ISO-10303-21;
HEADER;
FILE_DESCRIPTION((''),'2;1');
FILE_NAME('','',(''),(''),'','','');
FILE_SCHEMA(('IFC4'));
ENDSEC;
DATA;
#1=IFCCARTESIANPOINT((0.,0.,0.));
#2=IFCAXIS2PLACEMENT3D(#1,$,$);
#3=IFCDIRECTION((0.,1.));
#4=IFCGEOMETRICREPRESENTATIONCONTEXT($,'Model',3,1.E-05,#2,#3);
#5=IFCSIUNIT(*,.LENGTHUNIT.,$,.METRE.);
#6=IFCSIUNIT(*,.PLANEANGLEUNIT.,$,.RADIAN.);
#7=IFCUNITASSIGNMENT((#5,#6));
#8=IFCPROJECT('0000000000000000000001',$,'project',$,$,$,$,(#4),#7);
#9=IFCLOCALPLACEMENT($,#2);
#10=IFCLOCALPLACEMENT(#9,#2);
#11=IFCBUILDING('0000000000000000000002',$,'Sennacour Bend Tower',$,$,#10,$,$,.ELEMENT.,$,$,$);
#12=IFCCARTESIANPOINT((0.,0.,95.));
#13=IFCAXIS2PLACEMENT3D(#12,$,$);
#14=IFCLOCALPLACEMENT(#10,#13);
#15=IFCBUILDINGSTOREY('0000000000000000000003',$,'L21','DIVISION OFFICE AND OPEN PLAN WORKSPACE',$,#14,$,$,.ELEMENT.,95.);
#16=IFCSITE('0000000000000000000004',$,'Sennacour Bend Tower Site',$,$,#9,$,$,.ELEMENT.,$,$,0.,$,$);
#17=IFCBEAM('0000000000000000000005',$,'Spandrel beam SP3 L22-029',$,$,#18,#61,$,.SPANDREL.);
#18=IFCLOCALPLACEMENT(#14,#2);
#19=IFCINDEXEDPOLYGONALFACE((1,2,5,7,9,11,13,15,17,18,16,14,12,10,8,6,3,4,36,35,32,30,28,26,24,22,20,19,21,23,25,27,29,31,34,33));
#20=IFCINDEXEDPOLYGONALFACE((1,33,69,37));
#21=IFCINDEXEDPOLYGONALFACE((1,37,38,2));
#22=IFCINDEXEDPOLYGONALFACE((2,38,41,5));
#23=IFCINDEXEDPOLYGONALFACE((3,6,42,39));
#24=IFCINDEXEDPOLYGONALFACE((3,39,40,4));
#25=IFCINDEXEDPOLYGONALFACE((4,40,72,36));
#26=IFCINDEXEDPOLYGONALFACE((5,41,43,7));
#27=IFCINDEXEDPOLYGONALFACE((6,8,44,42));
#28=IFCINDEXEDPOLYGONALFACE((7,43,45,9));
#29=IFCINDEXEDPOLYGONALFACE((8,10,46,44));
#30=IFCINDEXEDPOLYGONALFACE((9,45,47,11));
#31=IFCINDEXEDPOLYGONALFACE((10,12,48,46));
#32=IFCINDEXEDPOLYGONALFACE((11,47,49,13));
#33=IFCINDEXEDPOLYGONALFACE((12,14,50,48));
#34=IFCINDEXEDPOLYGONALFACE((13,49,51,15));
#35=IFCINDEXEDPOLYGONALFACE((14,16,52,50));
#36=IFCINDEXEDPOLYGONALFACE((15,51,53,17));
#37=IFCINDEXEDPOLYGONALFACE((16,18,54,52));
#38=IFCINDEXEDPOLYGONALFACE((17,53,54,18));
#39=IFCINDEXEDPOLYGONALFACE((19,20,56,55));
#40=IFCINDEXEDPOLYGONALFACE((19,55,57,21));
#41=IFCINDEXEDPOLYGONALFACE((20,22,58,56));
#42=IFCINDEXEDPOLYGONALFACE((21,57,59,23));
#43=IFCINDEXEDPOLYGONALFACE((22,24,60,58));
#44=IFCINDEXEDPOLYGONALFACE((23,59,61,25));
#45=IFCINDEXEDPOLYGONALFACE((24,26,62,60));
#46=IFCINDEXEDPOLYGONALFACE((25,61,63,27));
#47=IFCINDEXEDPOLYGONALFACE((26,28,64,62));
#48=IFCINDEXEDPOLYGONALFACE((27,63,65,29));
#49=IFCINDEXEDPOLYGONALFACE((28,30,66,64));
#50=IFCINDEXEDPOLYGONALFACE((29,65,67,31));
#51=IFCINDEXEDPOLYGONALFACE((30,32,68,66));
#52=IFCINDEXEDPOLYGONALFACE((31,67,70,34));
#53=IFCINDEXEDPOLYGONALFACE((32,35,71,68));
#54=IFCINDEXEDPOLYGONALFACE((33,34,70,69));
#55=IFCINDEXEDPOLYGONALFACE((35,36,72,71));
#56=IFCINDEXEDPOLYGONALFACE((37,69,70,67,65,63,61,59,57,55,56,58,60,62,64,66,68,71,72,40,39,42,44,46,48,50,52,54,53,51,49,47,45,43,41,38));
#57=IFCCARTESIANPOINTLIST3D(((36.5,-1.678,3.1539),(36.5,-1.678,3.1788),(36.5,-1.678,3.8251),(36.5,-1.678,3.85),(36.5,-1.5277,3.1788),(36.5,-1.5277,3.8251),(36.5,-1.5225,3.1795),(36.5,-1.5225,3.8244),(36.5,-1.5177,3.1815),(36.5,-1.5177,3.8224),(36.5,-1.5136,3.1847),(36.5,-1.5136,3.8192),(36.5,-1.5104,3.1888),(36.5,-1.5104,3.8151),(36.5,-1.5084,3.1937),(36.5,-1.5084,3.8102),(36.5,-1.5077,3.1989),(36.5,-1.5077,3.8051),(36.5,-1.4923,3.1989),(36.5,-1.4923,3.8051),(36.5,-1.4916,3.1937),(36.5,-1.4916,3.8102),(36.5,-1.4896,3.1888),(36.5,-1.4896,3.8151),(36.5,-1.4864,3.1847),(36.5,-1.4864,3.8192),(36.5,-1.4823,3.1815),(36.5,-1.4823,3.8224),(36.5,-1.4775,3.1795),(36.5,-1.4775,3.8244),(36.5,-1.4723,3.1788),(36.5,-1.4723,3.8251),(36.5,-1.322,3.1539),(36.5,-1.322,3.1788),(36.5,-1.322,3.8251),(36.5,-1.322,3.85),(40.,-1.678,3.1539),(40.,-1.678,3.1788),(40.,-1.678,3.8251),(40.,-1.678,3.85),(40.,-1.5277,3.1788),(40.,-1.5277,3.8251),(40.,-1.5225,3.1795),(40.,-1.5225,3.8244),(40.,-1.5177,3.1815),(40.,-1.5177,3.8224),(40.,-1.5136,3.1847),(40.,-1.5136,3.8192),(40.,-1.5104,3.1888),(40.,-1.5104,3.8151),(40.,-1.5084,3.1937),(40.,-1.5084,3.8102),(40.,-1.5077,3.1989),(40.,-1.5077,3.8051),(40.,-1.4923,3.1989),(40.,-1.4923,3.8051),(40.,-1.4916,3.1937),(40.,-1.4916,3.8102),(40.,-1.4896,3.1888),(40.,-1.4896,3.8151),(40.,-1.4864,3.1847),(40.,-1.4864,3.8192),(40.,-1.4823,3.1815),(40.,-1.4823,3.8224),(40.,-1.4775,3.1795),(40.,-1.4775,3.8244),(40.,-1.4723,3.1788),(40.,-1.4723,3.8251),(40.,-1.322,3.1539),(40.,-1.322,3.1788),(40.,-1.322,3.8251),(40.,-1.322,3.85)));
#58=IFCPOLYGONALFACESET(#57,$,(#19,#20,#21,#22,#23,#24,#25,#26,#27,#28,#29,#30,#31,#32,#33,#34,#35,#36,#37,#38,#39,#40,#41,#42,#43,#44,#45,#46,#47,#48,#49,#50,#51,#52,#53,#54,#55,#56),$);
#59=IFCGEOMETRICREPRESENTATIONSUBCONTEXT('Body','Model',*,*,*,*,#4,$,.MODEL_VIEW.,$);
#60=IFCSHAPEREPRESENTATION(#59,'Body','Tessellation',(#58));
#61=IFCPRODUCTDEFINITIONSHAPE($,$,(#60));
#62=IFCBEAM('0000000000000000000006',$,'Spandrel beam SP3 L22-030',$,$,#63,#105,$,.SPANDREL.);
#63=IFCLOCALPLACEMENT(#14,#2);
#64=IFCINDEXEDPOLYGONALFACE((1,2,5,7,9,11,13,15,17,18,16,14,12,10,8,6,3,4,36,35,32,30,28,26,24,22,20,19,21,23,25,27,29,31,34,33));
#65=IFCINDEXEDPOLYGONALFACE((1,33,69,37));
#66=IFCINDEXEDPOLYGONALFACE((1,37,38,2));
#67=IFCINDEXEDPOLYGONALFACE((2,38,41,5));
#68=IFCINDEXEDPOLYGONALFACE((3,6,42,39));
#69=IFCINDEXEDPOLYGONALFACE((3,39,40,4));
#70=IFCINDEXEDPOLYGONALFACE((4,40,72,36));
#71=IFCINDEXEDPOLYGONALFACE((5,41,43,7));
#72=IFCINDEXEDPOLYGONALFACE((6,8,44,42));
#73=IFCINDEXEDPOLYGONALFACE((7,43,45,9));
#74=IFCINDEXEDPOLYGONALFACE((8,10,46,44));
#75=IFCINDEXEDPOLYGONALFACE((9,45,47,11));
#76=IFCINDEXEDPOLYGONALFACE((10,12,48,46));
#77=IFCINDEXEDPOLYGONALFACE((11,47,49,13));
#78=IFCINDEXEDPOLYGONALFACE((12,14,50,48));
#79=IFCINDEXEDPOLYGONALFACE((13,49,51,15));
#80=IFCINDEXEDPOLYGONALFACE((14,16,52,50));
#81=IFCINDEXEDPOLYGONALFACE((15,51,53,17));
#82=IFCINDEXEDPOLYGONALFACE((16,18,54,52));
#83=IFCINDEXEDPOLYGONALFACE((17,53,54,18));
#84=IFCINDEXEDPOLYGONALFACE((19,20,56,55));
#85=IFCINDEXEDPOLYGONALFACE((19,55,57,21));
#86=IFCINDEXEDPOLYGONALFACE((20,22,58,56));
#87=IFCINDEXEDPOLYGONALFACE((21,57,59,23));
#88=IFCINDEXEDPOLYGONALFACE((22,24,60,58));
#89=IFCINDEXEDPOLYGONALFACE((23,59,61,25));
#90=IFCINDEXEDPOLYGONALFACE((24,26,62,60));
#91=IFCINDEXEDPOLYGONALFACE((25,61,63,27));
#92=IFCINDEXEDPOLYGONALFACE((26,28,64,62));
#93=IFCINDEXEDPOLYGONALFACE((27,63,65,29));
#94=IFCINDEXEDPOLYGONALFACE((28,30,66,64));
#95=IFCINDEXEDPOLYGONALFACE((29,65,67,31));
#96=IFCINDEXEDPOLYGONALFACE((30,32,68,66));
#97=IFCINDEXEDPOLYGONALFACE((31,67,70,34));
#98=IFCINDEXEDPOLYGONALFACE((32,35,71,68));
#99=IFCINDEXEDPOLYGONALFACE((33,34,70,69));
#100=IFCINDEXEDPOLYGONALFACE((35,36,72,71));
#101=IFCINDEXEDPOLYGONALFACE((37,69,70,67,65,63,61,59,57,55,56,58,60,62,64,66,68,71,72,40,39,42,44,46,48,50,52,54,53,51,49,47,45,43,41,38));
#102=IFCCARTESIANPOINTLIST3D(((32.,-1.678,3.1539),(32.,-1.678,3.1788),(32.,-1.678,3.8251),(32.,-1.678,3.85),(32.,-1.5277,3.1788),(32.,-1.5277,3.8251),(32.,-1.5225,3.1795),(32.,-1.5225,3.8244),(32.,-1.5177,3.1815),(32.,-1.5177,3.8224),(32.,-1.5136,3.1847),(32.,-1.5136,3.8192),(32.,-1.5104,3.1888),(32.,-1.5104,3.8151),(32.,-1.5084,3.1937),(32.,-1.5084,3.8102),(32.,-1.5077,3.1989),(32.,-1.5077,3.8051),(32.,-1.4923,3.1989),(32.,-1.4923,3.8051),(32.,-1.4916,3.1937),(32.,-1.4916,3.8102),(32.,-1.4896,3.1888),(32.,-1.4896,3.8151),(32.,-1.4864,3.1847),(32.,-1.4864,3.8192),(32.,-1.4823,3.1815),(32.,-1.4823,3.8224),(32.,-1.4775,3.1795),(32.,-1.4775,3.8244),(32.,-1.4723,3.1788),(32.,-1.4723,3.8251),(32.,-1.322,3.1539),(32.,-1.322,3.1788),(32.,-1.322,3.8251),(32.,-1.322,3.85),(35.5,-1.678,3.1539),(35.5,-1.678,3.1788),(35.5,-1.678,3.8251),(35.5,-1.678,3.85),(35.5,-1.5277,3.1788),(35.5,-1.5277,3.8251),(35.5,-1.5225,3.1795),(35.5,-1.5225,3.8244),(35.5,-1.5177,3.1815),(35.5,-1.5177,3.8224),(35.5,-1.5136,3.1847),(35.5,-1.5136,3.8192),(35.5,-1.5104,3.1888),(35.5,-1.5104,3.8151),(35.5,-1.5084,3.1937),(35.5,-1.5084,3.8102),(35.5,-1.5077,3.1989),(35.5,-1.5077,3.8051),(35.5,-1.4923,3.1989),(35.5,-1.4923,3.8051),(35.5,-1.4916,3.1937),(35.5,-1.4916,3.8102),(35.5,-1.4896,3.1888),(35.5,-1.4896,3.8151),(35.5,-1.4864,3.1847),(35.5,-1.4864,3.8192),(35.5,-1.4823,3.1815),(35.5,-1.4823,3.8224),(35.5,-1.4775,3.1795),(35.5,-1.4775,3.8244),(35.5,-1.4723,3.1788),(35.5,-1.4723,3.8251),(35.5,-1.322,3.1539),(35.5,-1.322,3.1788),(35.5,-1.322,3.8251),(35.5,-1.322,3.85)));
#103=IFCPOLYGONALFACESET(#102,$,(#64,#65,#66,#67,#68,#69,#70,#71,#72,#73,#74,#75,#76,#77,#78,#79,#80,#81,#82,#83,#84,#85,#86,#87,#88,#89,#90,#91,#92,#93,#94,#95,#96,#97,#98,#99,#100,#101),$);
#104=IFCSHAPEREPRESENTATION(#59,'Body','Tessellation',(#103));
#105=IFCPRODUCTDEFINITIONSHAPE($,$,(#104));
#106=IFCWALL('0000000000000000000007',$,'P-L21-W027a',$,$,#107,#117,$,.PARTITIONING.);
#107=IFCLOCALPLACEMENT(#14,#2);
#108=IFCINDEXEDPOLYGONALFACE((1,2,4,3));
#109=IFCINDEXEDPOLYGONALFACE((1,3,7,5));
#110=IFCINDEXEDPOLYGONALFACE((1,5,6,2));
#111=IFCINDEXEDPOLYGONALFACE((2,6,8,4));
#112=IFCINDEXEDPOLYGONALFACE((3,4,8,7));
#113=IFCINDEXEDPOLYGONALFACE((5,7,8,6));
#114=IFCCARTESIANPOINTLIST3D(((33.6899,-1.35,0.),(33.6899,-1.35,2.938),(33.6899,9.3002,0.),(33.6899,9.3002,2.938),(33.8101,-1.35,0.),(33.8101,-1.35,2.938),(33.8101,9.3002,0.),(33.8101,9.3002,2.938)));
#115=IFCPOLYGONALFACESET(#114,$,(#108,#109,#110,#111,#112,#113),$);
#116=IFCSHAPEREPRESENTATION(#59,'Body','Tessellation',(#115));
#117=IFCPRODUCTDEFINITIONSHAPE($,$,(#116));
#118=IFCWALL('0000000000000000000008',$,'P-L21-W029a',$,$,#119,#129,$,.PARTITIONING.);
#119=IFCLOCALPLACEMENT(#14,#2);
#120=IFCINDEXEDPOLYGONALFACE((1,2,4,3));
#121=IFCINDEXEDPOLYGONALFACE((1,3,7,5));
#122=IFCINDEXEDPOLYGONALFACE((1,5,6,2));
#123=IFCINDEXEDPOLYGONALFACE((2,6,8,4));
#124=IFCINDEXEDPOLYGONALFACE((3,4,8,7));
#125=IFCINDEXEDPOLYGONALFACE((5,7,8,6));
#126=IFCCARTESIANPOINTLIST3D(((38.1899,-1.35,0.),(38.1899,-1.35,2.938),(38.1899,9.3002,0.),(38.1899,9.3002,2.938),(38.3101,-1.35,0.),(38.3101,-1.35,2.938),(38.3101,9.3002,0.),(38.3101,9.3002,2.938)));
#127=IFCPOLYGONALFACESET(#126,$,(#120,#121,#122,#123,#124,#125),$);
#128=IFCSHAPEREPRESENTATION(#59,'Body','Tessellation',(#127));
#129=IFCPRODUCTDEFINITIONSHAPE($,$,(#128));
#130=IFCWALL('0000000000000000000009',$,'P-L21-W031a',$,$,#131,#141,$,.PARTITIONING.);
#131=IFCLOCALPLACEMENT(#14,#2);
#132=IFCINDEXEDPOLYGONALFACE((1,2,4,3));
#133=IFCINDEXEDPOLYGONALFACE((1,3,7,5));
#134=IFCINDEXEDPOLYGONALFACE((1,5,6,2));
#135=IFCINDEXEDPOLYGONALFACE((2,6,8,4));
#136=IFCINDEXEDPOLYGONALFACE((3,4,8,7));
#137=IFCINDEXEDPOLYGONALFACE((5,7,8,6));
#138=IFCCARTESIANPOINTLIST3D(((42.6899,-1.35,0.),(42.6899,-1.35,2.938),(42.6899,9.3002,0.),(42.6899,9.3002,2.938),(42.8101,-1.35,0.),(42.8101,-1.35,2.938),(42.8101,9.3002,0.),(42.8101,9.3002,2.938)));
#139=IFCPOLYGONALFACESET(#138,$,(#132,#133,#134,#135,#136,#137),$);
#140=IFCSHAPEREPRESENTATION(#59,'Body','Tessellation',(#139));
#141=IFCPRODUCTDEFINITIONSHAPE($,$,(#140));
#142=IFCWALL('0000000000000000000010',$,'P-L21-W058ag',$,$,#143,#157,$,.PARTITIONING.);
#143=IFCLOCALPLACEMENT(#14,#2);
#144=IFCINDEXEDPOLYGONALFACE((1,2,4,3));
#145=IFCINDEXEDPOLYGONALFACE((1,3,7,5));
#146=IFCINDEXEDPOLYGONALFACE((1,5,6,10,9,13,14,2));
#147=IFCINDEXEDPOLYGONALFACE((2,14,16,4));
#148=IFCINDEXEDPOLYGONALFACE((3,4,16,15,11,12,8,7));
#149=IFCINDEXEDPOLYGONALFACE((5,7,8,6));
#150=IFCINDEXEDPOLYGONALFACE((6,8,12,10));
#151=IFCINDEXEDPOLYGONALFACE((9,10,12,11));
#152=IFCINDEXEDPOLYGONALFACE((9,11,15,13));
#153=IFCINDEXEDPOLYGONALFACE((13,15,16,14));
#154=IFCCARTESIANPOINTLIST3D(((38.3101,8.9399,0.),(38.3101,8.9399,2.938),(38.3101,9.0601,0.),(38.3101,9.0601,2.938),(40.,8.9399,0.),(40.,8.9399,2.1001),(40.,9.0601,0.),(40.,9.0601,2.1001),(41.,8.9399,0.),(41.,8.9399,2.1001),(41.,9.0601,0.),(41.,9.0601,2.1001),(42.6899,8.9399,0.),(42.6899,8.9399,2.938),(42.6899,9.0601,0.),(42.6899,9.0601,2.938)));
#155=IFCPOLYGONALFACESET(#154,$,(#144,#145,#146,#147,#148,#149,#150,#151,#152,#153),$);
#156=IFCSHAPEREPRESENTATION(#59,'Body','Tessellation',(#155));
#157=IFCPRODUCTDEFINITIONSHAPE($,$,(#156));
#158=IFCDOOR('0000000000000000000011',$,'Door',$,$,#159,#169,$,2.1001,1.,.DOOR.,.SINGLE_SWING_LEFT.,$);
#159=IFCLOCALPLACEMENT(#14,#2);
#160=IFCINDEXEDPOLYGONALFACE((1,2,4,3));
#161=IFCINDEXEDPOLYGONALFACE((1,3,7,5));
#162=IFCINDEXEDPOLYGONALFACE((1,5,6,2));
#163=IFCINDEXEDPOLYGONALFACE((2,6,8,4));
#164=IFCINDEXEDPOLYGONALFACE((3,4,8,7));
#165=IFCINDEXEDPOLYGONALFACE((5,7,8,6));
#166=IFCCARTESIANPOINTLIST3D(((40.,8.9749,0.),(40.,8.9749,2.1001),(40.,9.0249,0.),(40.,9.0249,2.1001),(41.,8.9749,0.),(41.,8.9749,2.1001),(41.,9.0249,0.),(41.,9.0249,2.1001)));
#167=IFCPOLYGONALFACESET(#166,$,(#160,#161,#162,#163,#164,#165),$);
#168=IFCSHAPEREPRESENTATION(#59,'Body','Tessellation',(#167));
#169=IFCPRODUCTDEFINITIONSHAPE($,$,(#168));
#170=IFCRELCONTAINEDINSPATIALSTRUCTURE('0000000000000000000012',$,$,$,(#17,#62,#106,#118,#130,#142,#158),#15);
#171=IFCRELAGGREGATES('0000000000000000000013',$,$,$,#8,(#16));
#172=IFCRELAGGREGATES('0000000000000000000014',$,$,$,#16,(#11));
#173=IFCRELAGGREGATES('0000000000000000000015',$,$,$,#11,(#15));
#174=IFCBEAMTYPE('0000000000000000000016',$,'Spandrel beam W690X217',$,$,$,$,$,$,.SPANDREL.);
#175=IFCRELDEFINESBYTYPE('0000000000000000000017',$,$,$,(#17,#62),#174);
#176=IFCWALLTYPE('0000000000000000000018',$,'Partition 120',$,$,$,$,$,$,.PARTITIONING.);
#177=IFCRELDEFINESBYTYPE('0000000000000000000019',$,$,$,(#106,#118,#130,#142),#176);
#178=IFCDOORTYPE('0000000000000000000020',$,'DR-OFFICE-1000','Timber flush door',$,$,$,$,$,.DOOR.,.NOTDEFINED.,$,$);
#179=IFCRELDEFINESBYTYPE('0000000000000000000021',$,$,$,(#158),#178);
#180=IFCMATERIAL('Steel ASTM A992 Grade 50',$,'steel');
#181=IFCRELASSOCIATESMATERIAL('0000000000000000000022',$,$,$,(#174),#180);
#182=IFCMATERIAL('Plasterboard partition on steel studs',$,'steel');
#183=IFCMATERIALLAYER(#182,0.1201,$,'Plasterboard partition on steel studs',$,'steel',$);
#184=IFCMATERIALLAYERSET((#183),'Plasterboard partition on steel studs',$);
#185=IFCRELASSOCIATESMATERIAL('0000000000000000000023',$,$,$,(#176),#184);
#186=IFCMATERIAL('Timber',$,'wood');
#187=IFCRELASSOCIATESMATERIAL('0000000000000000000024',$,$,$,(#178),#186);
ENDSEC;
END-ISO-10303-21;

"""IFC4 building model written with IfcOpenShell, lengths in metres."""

from ifc_helpers import new_model, si_unit, direction, frame, frame_2d, origin, origin_2d, place, context, subcontext, project, spatial, rectangle, i_section, extrude, material, layer, layer_set, material_profile, profile_set, type_object, element, fill, save


model = new_model("IFC4")

# Units and contexts
model_context = context("Model", 3, precision=1e-05, world=origin(), true_north=direction((0.0, 1.0)))
body_context = subcontext(model_context, "Body", "Model", "MODEL_VIEW")
ifc_project = project(units=[si_unit("LENGTHUNIT", "METRE"), si_unit("PLANEANGLEUNIT", "RADIAN")], contexts=[model_context])

# Site, building, storey
site_placement = place(None, origin())
site = spatial("IfcSite", under=ifc_project, at=site_placement, Name="Sennacour Bend Tower Site", CompositionType="ELEMENT", RefElevation=0.0)
building_placement = place(site_placement, origin())
building = spatial("IfcBuilding", under=site, at=building_placement, Name="Sennacour Bend Tower", CompositionType="ELEMENT")
storey_placement = place(building_placement, frame((0.0, 0.0, 95.0)))
storey = spatial("IfcBuildingStorey", under=building, at=storey_placement, Name="L21", Description="DIVISION OFFICE AND OPEN PLAN WORKSPACE", CompositionType="ELEMENT", Elevation=95.0)

# Beams
ifc_material_1 = material(Name="Steel ASTM A992 Grade 50", Category="steel")
ifc_material_profile_1 = material_profile(ifc_material_1, i_section(OverallWidth=0.356, OverallDepth=0.696, WebThickness=0.0154, FlangeThickness=0.0249, FilletRadius=0.02, at=origin_2d()), Name="Steel ASTM A992 Grade 50", Category="steel")
ifc_profile_set_1 = profile_set([ifc_material_profile_1], Name="Steel ASTM A992 Grade 50")
beam_type_1 = type_object("IfcBeamType", Name="Spandrel beam W690X217", PredefinedType="SPANDREL", material=ifc_profile_set_1)
for number, where, z_axis, x_axis, name in (
    (1, (40.0, -1.5, 3.502), (-1.0, 0.0, 0.0), (0.0, -1.0, 0.0), "Spandrel beam SP3 L22-029"),
    (2, (35.5, -1.5, 3.502), (-1.0, 0.0, 0.0), (0.0, -1.0, 0.0), "Spandrel beam SP3 L22-030"),
):
    element("IfcBeam", number, at=place(storey_placement, frame(where, z_axis=z_axis, x_axis=x_axis)), inside=storey, type_object=beam_type_1, Name=name, PredefinedType="SPANDREL", context=body_context, shape_type="SweptSolid", body=[
        extrude(i_section(OverallWidth=0.356, OverallDepth=0.696, WebThickness=0.0154, FlangeThickness=0.0249, FilletRadius=0.02, at=origin_2d()), origin(), (0.0, 0.0, 1.0), 3.5),
    ])

# Walls
ifc_material_2 = material(Name="Plasterboard partition on steel studs", Category="steel")
ifc_layer_1 = layer(ifc_material_2, 0.1201, Name="Plasterboard partition on steel studs", Category="steel")
ifc_layer_set_1 = layer_set([ifc_layer_1], Name="Plasterboard partition on steel studs")
wall_type_1 = type_object("IfcWallType", Name="Partition 120", PredefinedType="PARTITIONING", material=ifc_layer_set_1)
for number, where, z_axis, x_axis, name in (
    (3, (33.75, -1.3501, 0.0), (0.0, 0.0, 1.0), (0.0, 1.0, 0.0), "P-L21-W027a"),
    (4, (38.25, -1.3501, 0.0), (0.0, 0.0, 1.0), (0.0, 1.0, 0.0), "P-L21-W029a"),
    (5, (42.75, -1.3501, 0.0), (0.0, 0.0, 1.0), (0.0, 1.0, 0.0), "P-L21-W031a"),
):
    element("IfcWall", number, at=place(storey_placement, frame(where, z_axis=z_axis, x_axis=x_axis)), inside=storey, type_object=wall_type_1, Name=name, PredefinedType="PARTITIONING", context=body_context, shape_type="SweptSolid", body=[
        extrude(rectangle(XDim=10.6501, YDim=0.1201, at=frame_2d((5.3252, 0.0))), origin(), (0.0, 0.0, 1.0), 2.938),
    ])

# Wall, opening, door
wall_1_placement = place(storey_placement, frame((38.3101, 9.0, 0.0), z_axis=(0.0, 0.0, 1.0), x_axis=(1.0, 0.0, 0.0)))
wall_1 = element("IfcWall", 6, at=wall_1_placement, inside=storey, type_object=wall_type_1, Name="P-L21-W058ag", PredefinedType="PARTITIONING", context=body_context, shape_type="SweptSolid", body=[
    extrude(rectangle(XDim=4.3799, YDim=0.1201, at=frame_2d((2.1899, 0.0))), origin(), (0.0, 0.0, 1.0), 2.938),
])
opening_1_placement = place(wall_1_placement, frame((1.6899, 0.0, 0.0)))
opening_1 = element("IfcOpeningElement", 7, at=opening_1_placement, cuts=wall_1, PredefinedType="OPENING", context=body_context, shape_type="SweptSolid", body=[
    extrude(rectangle(XDim=1.0, YDim=2.1001, at=frame_2d((0.5, 1.05))), frame((0.0, 0.0701, 0.0), z_axis=(0.0, -1.0, 0.0), x_axis=(1.0, 0.0, 0.0)), (0.0, 0.0, 1.0), 0.1401),
])
ifc_material_3 = material(Name="Timber", Category="wood")
door_type_1 = type_object("IfcDoorType", Name="DR-OFFICE-1000", Description="Timber flush door", OperationType="NOTDEFINED", PredefinedType="DOOR", material=ifc_material_3)
door_1_placement = place(opening_1_placement, origin())
door_1 = element("IfcDoor", 8, at=door_1_placement, inside=storey, type_object=door_type_1, Name="Door", OperationType="SINGLE_SWING_LEFT", OverallHeight=2.1001, OverallWidth=1.0, PredefinedType="DOOR", context=body_context, shape_type="SweptSolid", body=[
    extrude(rectangle(XDim=1.0, YDim=2.1001, at=frame_2d((0.5, 1.05))), frame((0.0, 0.0249, 0.0), z_axis=(0.0, -1.0, 0.0), x_axis=(1.0, 0.0, 0.0)), (0.0, 0.0, 1.0), 0.05),
])
fill(opening_1, door_1)

save(model, "model.ifc")
